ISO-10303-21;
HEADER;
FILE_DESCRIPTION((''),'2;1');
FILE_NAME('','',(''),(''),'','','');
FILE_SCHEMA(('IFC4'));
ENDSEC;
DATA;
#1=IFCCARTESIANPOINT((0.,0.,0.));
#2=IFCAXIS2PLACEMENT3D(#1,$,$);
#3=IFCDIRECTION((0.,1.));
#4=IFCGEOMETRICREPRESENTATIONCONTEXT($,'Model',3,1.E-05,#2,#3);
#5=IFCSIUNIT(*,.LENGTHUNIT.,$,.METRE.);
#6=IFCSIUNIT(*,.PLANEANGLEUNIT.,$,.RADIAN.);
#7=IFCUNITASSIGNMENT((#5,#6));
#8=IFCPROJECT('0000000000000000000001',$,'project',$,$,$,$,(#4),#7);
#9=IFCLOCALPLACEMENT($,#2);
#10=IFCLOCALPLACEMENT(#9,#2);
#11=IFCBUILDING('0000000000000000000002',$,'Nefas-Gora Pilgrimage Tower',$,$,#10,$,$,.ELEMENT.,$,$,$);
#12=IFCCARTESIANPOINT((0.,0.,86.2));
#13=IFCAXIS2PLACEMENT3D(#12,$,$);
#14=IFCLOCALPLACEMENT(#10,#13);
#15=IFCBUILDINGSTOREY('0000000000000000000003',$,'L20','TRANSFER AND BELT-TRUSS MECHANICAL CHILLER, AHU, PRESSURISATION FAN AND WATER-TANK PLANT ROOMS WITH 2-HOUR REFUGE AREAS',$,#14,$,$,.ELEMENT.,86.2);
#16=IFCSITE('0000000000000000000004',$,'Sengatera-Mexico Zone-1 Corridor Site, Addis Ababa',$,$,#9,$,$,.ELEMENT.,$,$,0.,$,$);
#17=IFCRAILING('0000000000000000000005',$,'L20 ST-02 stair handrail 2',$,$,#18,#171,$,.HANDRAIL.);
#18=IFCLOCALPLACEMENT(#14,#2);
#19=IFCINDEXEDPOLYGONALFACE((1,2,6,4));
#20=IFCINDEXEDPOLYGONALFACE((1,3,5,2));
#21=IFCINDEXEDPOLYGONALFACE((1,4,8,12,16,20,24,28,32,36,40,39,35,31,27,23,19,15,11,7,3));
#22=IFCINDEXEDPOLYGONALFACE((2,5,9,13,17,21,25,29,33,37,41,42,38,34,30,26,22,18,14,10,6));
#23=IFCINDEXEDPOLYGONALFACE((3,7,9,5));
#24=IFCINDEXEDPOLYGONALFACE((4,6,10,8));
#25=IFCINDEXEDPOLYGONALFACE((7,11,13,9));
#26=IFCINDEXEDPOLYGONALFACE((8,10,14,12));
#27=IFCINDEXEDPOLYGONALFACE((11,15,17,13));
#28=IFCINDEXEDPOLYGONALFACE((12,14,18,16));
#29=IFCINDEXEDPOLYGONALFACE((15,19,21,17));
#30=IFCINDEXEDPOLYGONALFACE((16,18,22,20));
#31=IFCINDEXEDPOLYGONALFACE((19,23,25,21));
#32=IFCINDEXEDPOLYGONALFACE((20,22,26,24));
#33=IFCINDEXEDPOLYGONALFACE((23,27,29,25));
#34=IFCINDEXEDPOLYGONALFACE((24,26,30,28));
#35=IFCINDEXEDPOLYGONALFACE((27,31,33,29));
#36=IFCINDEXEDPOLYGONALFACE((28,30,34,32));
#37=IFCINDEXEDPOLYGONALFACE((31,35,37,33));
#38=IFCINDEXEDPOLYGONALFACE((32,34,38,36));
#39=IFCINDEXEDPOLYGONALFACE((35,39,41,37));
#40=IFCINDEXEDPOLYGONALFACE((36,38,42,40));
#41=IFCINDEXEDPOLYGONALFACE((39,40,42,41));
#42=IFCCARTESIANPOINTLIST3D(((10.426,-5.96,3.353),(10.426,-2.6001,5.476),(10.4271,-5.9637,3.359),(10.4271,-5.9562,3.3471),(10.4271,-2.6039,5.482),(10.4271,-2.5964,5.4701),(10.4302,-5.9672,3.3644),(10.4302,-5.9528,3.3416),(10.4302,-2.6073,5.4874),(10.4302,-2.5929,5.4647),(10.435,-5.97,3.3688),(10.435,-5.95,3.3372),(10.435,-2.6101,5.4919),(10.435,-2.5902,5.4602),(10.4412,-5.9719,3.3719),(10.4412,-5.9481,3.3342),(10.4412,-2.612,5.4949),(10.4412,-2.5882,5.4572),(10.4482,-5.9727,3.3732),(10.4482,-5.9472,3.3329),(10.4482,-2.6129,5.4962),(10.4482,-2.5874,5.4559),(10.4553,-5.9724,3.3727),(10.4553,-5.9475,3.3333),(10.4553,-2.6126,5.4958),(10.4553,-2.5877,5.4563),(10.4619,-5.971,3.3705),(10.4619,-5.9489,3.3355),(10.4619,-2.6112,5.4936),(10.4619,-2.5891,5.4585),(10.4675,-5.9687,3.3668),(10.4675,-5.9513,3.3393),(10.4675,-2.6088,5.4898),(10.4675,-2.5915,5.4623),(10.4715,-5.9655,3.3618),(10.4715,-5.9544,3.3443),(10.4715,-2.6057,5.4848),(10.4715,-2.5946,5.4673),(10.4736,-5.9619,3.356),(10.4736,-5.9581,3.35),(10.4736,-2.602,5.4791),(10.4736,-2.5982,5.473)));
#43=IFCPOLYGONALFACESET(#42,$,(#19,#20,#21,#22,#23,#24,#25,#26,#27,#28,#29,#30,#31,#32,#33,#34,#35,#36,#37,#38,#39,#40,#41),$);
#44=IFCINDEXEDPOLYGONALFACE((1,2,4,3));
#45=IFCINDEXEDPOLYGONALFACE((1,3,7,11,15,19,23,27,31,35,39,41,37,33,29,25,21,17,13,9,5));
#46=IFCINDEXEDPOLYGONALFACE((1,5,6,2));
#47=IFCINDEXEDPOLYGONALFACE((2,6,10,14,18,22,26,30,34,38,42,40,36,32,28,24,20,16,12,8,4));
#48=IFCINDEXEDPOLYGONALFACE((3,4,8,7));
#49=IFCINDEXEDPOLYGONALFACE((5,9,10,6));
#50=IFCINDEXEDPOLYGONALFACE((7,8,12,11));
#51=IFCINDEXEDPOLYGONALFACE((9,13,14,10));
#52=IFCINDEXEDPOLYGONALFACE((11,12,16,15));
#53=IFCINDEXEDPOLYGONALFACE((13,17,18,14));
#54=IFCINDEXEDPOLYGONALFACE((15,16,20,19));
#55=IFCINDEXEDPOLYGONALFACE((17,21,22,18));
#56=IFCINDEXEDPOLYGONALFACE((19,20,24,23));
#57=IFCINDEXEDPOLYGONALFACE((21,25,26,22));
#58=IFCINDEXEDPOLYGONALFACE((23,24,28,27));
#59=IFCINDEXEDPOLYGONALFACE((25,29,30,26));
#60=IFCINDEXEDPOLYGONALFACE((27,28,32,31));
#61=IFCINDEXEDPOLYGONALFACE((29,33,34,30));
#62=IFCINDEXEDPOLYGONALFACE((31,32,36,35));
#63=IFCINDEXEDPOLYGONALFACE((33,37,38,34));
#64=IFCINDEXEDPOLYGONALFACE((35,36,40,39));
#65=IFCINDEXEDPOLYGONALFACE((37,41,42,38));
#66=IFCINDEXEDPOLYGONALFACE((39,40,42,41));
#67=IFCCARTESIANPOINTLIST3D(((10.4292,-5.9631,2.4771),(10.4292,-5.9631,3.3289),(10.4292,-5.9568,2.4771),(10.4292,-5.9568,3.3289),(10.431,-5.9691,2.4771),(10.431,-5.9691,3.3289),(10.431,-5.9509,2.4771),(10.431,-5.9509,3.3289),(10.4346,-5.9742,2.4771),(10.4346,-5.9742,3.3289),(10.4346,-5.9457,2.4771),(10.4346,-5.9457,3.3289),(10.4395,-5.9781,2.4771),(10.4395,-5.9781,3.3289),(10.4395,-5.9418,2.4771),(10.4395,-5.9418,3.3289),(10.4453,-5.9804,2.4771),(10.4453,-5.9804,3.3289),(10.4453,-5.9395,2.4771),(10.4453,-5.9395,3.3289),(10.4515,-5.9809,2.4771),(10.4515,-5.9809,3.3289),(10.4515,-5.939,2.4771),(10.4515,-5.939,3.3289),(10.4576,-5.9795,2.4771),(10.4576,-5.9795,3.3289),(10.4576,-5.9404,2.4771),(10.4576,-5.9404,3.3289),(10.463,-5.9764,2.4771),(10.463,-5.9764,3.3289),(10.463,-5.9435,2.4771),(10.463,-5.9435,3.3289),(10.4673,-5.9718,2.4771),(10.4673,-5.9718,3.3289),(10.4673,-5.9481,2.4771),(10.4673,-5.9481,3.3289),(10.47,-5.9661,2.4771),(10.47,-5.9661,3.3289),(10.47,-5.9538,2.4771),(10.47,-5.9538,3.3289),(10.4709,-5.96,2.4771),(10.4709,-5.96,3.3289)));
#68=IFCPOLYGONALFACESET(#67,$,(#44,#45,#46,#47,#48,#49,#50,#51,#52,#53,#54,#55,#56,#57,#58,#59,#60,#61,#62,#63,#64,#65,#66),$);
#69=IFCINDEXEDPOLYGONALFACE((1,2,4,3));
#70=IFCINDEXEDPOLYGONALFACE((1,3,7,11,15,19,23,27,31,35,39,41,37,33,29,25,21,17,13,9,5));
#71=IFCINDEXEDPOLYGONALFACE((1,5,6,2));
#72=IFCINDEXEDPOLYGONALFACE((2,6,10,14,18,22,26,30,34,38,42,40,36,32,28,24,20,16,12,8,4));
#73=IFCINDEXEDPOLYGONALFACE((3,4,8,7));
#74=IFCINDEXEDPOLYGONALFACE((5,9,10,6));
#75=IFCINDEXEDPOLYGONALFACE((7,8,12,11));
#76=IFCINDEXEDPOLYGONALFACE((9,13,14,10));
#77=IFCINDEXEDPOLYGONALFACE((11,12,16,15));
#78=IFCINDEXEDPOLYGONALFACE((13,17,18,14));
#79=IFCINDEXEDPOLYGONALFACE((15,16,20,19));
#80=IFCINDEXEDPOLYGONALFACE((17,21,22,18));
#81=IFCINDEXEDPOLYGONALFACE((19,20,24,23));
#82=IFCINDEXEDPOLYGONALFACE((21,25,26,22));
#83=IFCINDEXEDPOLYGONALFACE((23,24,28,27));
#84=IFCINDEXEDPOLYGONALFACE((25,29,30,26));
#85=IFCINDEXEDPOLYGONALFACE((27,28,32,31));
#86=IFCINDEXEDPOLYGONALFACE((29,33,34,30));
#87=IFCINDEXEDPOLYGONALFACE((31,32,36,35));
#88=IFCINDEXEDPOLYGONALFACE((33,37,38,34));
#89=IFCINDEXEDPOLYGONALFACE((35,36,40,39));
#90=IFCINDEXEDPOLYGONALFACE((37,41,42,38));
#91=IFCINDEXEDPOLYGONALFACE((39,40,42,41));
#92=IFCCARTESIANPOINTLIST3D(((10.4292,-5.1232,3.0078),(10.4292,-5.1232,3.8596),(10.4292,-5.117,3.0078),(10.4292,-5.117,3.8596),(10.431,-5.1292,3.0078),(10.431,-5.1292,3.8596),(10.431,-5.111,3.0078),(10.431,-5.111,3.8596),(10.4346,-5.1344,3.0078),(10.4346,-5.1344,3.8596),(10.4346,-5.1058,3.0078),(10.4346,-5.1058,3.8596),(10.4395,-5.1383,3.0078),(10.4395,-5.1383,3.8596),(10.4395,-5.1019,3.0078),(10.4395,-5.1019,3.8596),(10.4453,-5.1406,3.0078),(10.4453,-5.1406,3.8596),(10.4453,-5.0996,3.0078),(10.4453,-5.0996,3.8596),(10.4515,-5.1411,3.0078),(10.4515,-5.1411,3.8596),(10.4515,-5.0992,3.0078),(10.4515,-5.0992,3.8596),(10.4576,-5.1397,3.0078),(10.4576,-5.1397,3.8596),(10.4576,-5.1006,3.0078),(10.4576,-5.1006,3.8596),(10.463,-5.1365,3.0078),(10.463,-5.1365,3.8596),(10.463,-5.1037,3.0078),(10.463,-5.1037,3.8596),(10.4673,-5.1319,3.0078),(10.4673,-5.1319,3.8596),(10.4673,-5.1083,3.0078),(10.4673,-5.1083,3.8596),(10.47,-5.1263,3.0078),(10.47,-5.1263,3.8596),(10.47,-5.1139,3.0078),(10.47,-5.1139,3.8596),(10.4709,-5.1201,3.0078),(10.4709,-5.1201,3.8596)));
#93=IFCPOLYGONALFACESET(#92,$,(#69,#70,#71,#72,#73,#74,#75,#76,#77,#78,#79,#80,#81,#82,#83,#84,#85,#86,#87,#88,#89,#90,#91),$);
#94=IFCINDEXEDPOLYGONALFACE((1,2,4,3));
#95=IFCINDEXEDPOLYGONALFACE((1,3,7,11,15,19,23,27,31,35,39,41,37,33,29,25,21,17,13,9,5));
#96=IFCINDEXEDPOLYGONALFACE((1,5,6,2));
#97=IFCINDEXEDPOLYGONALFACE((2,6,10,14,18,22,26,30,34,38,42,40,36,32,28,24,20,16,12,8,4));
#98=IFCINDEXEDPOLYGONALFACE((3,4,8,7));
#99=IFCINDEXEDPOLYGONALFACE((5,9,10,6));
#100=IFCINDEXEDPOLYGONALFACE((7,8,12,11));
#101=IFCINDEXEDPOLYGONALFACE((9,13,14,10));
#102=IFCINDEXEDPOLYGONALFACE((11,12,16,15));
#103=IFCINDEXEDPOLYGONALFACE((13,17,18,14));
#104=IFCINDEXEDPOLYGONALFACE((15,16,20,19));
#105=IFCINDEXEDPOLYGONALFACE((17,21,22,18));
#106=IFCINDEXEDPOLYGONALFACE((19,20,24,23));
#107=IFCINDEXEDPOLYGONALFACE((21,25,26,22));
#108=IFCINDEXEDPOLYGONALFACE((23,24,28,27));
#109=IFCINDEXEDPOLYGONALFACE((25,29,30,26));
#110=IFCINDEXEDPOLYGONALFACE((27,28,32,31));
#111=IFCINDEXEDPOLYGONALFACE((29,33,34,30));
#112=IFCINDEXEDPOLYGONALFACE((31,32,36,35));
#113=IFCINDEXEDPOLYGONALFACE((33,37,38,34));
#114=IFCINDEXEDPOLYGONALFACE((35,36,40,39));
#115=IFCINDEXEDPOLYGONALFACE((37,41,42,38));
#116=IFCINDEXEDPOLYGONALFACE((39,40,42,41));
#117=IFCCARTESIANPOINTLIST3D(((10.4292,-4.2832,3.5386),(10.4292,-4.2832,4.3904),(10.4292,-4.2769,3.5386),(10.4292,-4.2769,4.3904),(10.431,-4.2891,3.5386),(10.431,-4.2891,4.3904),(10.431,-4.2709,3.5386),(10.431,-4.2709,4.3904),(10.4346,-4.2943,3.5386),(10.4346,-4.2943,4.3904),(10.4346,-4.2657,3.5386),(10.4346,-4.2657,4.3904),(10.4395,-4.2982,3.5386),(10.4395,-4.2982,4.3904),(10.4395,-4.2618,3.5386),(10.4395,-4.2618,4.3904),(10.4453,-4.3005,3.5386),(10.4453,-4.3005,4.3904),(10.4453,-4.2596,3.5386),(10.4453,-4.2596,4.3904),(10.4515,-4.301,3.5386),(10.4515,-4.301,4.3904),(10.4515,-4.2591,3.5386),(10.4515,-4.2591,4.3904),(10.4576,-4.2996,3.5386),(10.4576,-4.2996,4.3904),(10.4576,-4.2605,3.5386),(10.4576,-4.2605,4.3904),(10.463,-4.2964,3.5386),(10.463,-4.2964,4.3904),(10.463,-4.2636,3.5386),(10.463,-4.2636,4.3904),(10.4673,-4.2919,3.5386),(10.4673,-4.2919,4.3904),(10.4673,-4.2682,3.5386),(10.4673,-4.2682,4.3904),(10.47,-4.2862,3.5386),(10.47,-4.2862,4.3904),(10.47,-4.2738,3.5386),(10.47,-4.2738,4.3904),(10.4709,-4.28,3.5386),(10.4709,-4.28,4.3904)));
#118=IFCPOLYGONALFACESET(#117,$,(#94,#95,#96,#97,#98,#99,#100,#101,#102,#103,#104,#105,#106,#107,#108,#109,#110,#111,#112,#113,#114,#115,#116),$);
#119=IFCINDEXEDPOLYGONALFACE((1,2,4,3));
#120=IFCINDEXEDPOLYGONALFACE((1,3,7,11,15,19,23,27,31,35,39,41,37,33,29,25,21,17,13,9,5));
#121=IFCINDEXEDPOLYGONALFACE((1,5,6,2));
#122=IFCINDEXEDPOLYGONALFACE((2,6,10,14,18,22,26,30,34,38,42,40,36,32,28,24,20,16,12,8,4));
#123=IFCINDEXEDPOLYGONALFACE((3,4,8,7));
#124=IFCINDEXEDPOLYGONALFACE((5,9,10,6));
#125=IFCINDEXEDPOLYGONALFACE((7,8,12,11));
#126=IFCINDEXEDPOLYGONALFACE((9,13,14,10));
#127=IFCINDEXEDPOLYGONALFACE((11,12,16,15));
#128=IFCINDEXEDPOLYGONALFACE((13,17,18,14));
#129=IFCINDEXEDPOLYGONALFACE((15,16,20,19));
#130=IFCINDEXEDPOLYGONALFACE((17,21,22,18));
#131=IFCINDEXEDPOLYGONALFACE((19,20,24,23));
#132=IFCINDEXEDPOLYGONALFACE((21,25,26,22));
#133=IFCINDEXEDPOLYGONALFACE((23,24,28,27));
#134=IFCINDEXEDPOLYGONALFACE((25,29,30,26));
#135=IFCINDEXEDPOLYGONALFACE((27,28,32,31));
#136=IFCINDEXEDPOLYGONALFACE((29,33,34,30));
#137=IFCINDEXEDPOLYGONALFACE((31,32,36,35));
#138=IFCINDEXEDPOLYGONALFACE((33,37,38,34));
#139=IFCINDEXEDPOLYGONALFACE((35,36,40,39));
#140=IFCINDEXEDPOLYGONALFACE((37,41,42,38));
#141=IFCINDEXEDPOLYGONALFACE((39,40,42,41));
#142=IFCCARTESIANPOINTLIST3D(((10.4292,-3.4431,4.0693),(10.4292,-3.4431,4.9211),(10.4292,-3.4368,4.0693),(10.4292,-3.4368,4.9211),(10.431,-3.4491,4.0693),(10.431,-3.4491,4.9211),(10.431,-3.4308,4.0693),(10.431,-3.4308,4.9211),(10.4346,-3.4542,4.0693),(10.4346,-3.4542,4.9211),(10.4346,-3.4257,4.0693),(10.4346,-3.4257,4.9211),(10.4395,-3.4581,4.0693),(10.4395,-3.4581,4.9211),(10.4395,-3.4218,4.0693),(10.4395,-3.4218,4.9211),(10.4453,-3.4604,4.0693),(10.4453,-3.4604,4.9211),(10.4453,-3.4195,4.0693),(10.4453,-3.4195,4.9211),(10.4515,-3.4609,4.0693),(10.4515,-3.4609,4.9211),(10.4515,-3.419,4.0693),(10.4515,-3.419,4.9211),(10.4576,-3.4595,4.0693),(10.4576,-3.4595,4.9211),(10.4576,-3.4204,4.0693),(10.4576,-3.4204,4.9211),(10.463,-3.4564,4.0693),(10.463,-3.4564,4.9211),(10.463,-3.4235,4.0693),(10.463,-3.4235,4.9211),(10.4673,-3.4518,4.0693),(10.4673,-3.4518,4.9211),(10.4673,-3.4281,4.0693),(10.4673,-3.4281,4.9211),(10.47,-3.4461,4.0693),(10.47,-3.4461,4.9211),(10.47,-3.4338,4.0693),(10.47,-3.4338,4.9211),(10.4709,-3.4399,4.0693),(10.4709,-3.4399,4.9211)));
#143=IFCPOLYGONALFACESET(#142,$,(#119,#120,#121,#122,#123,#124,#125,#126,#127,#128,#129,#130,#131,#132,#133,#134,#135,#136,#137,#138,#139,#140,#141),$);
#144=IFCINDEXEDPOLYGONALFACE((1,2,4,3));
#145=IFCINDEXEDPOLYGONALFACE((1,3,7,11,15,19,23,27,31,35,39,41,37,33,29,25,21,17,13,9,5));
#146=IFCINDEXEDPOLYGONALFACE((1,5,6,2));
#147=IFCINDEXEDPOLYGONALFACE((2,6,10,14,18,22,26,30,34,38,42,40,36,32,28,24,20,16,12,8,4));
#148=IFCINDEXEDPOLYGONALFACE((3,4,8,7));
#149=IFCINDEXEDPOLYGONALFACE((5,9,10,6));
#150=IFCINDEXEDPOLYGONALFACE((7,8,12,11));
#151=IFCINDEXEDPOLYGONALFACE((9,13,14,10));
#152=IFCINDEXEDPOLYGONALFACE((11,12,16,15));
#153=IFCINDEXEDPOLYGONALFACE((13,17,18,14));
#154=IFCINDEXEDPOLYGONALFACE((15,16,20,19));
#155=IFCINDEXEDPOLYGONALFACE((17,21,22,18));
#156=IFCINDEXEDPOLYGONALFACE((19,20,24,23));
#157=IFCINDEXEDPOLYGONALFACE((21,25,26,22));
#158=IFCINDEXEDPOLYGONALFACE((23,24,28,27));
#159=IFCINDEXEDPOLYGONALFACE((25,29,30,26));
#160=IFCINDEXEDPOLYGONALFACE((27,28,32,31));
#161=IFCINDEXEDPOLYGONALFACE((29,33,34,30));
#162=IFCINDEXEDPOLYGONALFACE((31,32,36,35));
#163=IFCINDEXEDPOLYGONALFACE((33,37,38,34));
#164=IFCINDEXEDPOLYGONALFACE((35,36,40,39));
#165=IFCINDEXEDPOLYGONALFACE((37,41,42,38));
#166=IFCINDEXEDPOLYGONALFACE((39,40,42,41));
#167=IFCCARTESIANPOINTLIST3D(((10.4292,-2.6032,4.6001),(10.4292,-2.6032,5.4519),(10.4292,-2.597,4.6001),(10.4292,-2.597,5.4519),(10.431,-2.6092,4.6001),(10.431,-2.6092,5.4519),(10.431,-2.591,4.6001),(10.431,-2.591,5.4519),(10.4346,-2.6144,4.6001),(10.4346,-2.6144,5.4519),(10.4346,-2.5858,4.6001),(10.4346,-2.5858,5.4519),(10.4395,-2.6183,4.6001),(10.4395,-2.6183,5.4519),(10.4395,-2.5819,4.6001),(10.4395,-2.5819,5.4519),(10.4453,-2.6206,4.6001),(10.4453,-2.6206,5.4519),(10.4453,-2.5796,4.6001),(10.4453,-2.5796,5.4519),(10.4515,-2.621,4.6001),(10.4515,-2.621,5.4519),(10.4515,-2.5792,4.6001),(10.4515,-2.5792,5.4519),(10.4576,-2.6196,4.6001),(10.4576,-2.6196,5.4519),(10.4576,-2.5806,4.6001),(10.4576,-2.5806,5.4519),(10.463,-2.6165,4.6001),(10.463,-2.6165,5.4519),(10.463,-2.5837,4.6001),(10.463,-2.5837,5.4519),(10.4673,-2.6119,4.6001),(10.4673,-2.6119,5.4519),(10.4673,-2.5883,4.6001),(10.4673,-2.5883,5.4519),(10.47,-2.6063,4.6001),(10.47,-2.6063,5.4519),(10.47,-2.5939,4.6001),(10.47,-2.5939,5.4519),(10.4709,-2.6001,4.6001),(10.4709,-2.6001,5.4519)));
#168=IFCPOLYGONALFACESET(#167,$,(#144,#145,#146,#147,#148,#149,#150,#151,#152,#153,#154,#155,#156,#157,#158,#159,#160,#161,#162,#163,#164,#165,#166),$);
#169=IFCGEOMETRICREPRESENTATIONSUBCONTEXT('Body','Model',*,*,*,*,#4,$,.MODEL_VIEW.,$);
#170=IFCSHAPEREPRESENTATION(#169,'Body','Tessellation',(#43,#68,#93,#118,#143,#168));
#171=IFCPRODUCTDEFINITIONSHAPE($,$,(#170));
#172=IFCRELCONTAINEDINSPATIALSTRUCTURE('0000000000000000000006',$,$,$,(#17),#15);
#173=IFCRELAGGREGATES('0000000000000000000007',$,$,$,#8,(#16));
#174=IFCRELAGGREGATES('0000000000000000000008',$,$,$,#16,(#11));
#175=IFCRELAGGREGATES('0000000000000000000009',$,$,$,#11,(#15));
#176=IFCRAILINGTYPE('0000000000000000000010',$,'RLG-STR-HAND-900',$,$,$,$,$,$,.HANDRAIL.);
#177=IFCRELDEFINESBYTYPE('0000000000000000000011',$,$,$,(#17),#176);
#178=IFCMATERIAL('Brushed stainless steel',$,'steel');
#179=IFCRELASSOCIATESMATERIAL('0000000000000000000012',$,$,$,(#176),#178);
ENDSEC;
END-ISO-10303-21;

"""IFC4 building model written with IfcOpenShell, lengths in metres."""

from ifc_helpers import new_model, si_unit, direction, frame, origin, origin_2d, place, context, subcontext, project, spatial, circle, extrude, material, type_object, element, save


model = new_model("IFC4")

# Units and contexts
model_context = context("Model", 3, precision=1e-05, world=origin(), true_north=direction((0.0, 1.0)))
body_context = subcontext(model_context, "Body", "Model", "MODEL_VIEW")
ifc_project = project(units=[si_unit("LENGTHUNIT", "METRE"), si_unit("PLANEANGLEUNIT", "RADIAN")], contexts=[model_context])

# Site, building, storey
site_placement = place(None, origin())
site = spatial("IfcSite", under=ifc_project, at=site_placement, Name="Sengatera-Mexico Zone-1 Corridor Site, Addis Ababa", CompositionType="ELEMENT", RefElevation=0.0)
building_placement = place(site_placement, origin())
building = spatial("IfcBuilding", under=site, at=building_placement, Name="Nefas-Gora Pilgrimage Tower", CompositionType="ELEMENT")
storey_placement = place(building_placement, frame((0.0, 0.0, 86.2)))
storey = spatial("IfcBuildingStorey", under=building, at=storey_placement, Name="L20", Description="TRANSFER AND BELT-TRUSS MECHANICAL CHILLER, AHU, PRESSURISATION FAN AND WATER-TANK PLANT ROOMS WITH 2-HOUR REFUGE AREAS", CompositionType="ELEMENT", Elevation=86.2)

# Railing
ifc_material_1 = material(Name="Brushed stainless steel", Category="steel")
railing_type_1 = type_object("IfcRailingType", Name="RLG-STR-HAND-900", PredefinedType="HANDRAIL", material=ifc_material_1)
railing_1_placement = place(storey_placement, frame((10.45, -5.96, 2.4771)))
element("IfcRailing", 1, at=railing_1_placement, inside=storey, type_object=railing_type_1, Name="L20 ST-02 stair handrail 2", PredefinedType="HANDRAIL", context=body_context, shape_type="SweptSolid", body=[
    extrude(circle(Radius=0.0239, at=origin_2d()), frame((0.0, 0.0, 0.876), z_axis=(0.0, 0.845372, 0.534178), x_axis=(-1.0, 0.0, 0.0)), (0.0, 0.0, 1.0), 3.9744),
    extrude(circle(Radius=0.021, at=origin_2d()), origin(), (0.0, 0.0, 1.0), 0.8518),
    extrude(circle(Radius=0.021, at=origin_2d()), frame((0.0, 0.8398, 0.5308)), (0.0, 0.0, 1.0), 0.8518),
    extrude(circle(Radius=0.021, at=origin_2d()), frame((0.0, 1.6799, 1.0615)), (0.0, 0.0, 1.0), 0.8518),
    extrude(circle(Radius=0.021, at=origin_2d()), frame((0.0, 2.52, 1.5923)), (0.0, 0.0, 1.0), 0.8518),
    extrude(circle(Radius=0.021, at=origin_2d()), frame((0.0, 3.3599, 2.123)), (0.0, 0.0, 1.0), 0.8518),
])

save(model, "model.ifc")
